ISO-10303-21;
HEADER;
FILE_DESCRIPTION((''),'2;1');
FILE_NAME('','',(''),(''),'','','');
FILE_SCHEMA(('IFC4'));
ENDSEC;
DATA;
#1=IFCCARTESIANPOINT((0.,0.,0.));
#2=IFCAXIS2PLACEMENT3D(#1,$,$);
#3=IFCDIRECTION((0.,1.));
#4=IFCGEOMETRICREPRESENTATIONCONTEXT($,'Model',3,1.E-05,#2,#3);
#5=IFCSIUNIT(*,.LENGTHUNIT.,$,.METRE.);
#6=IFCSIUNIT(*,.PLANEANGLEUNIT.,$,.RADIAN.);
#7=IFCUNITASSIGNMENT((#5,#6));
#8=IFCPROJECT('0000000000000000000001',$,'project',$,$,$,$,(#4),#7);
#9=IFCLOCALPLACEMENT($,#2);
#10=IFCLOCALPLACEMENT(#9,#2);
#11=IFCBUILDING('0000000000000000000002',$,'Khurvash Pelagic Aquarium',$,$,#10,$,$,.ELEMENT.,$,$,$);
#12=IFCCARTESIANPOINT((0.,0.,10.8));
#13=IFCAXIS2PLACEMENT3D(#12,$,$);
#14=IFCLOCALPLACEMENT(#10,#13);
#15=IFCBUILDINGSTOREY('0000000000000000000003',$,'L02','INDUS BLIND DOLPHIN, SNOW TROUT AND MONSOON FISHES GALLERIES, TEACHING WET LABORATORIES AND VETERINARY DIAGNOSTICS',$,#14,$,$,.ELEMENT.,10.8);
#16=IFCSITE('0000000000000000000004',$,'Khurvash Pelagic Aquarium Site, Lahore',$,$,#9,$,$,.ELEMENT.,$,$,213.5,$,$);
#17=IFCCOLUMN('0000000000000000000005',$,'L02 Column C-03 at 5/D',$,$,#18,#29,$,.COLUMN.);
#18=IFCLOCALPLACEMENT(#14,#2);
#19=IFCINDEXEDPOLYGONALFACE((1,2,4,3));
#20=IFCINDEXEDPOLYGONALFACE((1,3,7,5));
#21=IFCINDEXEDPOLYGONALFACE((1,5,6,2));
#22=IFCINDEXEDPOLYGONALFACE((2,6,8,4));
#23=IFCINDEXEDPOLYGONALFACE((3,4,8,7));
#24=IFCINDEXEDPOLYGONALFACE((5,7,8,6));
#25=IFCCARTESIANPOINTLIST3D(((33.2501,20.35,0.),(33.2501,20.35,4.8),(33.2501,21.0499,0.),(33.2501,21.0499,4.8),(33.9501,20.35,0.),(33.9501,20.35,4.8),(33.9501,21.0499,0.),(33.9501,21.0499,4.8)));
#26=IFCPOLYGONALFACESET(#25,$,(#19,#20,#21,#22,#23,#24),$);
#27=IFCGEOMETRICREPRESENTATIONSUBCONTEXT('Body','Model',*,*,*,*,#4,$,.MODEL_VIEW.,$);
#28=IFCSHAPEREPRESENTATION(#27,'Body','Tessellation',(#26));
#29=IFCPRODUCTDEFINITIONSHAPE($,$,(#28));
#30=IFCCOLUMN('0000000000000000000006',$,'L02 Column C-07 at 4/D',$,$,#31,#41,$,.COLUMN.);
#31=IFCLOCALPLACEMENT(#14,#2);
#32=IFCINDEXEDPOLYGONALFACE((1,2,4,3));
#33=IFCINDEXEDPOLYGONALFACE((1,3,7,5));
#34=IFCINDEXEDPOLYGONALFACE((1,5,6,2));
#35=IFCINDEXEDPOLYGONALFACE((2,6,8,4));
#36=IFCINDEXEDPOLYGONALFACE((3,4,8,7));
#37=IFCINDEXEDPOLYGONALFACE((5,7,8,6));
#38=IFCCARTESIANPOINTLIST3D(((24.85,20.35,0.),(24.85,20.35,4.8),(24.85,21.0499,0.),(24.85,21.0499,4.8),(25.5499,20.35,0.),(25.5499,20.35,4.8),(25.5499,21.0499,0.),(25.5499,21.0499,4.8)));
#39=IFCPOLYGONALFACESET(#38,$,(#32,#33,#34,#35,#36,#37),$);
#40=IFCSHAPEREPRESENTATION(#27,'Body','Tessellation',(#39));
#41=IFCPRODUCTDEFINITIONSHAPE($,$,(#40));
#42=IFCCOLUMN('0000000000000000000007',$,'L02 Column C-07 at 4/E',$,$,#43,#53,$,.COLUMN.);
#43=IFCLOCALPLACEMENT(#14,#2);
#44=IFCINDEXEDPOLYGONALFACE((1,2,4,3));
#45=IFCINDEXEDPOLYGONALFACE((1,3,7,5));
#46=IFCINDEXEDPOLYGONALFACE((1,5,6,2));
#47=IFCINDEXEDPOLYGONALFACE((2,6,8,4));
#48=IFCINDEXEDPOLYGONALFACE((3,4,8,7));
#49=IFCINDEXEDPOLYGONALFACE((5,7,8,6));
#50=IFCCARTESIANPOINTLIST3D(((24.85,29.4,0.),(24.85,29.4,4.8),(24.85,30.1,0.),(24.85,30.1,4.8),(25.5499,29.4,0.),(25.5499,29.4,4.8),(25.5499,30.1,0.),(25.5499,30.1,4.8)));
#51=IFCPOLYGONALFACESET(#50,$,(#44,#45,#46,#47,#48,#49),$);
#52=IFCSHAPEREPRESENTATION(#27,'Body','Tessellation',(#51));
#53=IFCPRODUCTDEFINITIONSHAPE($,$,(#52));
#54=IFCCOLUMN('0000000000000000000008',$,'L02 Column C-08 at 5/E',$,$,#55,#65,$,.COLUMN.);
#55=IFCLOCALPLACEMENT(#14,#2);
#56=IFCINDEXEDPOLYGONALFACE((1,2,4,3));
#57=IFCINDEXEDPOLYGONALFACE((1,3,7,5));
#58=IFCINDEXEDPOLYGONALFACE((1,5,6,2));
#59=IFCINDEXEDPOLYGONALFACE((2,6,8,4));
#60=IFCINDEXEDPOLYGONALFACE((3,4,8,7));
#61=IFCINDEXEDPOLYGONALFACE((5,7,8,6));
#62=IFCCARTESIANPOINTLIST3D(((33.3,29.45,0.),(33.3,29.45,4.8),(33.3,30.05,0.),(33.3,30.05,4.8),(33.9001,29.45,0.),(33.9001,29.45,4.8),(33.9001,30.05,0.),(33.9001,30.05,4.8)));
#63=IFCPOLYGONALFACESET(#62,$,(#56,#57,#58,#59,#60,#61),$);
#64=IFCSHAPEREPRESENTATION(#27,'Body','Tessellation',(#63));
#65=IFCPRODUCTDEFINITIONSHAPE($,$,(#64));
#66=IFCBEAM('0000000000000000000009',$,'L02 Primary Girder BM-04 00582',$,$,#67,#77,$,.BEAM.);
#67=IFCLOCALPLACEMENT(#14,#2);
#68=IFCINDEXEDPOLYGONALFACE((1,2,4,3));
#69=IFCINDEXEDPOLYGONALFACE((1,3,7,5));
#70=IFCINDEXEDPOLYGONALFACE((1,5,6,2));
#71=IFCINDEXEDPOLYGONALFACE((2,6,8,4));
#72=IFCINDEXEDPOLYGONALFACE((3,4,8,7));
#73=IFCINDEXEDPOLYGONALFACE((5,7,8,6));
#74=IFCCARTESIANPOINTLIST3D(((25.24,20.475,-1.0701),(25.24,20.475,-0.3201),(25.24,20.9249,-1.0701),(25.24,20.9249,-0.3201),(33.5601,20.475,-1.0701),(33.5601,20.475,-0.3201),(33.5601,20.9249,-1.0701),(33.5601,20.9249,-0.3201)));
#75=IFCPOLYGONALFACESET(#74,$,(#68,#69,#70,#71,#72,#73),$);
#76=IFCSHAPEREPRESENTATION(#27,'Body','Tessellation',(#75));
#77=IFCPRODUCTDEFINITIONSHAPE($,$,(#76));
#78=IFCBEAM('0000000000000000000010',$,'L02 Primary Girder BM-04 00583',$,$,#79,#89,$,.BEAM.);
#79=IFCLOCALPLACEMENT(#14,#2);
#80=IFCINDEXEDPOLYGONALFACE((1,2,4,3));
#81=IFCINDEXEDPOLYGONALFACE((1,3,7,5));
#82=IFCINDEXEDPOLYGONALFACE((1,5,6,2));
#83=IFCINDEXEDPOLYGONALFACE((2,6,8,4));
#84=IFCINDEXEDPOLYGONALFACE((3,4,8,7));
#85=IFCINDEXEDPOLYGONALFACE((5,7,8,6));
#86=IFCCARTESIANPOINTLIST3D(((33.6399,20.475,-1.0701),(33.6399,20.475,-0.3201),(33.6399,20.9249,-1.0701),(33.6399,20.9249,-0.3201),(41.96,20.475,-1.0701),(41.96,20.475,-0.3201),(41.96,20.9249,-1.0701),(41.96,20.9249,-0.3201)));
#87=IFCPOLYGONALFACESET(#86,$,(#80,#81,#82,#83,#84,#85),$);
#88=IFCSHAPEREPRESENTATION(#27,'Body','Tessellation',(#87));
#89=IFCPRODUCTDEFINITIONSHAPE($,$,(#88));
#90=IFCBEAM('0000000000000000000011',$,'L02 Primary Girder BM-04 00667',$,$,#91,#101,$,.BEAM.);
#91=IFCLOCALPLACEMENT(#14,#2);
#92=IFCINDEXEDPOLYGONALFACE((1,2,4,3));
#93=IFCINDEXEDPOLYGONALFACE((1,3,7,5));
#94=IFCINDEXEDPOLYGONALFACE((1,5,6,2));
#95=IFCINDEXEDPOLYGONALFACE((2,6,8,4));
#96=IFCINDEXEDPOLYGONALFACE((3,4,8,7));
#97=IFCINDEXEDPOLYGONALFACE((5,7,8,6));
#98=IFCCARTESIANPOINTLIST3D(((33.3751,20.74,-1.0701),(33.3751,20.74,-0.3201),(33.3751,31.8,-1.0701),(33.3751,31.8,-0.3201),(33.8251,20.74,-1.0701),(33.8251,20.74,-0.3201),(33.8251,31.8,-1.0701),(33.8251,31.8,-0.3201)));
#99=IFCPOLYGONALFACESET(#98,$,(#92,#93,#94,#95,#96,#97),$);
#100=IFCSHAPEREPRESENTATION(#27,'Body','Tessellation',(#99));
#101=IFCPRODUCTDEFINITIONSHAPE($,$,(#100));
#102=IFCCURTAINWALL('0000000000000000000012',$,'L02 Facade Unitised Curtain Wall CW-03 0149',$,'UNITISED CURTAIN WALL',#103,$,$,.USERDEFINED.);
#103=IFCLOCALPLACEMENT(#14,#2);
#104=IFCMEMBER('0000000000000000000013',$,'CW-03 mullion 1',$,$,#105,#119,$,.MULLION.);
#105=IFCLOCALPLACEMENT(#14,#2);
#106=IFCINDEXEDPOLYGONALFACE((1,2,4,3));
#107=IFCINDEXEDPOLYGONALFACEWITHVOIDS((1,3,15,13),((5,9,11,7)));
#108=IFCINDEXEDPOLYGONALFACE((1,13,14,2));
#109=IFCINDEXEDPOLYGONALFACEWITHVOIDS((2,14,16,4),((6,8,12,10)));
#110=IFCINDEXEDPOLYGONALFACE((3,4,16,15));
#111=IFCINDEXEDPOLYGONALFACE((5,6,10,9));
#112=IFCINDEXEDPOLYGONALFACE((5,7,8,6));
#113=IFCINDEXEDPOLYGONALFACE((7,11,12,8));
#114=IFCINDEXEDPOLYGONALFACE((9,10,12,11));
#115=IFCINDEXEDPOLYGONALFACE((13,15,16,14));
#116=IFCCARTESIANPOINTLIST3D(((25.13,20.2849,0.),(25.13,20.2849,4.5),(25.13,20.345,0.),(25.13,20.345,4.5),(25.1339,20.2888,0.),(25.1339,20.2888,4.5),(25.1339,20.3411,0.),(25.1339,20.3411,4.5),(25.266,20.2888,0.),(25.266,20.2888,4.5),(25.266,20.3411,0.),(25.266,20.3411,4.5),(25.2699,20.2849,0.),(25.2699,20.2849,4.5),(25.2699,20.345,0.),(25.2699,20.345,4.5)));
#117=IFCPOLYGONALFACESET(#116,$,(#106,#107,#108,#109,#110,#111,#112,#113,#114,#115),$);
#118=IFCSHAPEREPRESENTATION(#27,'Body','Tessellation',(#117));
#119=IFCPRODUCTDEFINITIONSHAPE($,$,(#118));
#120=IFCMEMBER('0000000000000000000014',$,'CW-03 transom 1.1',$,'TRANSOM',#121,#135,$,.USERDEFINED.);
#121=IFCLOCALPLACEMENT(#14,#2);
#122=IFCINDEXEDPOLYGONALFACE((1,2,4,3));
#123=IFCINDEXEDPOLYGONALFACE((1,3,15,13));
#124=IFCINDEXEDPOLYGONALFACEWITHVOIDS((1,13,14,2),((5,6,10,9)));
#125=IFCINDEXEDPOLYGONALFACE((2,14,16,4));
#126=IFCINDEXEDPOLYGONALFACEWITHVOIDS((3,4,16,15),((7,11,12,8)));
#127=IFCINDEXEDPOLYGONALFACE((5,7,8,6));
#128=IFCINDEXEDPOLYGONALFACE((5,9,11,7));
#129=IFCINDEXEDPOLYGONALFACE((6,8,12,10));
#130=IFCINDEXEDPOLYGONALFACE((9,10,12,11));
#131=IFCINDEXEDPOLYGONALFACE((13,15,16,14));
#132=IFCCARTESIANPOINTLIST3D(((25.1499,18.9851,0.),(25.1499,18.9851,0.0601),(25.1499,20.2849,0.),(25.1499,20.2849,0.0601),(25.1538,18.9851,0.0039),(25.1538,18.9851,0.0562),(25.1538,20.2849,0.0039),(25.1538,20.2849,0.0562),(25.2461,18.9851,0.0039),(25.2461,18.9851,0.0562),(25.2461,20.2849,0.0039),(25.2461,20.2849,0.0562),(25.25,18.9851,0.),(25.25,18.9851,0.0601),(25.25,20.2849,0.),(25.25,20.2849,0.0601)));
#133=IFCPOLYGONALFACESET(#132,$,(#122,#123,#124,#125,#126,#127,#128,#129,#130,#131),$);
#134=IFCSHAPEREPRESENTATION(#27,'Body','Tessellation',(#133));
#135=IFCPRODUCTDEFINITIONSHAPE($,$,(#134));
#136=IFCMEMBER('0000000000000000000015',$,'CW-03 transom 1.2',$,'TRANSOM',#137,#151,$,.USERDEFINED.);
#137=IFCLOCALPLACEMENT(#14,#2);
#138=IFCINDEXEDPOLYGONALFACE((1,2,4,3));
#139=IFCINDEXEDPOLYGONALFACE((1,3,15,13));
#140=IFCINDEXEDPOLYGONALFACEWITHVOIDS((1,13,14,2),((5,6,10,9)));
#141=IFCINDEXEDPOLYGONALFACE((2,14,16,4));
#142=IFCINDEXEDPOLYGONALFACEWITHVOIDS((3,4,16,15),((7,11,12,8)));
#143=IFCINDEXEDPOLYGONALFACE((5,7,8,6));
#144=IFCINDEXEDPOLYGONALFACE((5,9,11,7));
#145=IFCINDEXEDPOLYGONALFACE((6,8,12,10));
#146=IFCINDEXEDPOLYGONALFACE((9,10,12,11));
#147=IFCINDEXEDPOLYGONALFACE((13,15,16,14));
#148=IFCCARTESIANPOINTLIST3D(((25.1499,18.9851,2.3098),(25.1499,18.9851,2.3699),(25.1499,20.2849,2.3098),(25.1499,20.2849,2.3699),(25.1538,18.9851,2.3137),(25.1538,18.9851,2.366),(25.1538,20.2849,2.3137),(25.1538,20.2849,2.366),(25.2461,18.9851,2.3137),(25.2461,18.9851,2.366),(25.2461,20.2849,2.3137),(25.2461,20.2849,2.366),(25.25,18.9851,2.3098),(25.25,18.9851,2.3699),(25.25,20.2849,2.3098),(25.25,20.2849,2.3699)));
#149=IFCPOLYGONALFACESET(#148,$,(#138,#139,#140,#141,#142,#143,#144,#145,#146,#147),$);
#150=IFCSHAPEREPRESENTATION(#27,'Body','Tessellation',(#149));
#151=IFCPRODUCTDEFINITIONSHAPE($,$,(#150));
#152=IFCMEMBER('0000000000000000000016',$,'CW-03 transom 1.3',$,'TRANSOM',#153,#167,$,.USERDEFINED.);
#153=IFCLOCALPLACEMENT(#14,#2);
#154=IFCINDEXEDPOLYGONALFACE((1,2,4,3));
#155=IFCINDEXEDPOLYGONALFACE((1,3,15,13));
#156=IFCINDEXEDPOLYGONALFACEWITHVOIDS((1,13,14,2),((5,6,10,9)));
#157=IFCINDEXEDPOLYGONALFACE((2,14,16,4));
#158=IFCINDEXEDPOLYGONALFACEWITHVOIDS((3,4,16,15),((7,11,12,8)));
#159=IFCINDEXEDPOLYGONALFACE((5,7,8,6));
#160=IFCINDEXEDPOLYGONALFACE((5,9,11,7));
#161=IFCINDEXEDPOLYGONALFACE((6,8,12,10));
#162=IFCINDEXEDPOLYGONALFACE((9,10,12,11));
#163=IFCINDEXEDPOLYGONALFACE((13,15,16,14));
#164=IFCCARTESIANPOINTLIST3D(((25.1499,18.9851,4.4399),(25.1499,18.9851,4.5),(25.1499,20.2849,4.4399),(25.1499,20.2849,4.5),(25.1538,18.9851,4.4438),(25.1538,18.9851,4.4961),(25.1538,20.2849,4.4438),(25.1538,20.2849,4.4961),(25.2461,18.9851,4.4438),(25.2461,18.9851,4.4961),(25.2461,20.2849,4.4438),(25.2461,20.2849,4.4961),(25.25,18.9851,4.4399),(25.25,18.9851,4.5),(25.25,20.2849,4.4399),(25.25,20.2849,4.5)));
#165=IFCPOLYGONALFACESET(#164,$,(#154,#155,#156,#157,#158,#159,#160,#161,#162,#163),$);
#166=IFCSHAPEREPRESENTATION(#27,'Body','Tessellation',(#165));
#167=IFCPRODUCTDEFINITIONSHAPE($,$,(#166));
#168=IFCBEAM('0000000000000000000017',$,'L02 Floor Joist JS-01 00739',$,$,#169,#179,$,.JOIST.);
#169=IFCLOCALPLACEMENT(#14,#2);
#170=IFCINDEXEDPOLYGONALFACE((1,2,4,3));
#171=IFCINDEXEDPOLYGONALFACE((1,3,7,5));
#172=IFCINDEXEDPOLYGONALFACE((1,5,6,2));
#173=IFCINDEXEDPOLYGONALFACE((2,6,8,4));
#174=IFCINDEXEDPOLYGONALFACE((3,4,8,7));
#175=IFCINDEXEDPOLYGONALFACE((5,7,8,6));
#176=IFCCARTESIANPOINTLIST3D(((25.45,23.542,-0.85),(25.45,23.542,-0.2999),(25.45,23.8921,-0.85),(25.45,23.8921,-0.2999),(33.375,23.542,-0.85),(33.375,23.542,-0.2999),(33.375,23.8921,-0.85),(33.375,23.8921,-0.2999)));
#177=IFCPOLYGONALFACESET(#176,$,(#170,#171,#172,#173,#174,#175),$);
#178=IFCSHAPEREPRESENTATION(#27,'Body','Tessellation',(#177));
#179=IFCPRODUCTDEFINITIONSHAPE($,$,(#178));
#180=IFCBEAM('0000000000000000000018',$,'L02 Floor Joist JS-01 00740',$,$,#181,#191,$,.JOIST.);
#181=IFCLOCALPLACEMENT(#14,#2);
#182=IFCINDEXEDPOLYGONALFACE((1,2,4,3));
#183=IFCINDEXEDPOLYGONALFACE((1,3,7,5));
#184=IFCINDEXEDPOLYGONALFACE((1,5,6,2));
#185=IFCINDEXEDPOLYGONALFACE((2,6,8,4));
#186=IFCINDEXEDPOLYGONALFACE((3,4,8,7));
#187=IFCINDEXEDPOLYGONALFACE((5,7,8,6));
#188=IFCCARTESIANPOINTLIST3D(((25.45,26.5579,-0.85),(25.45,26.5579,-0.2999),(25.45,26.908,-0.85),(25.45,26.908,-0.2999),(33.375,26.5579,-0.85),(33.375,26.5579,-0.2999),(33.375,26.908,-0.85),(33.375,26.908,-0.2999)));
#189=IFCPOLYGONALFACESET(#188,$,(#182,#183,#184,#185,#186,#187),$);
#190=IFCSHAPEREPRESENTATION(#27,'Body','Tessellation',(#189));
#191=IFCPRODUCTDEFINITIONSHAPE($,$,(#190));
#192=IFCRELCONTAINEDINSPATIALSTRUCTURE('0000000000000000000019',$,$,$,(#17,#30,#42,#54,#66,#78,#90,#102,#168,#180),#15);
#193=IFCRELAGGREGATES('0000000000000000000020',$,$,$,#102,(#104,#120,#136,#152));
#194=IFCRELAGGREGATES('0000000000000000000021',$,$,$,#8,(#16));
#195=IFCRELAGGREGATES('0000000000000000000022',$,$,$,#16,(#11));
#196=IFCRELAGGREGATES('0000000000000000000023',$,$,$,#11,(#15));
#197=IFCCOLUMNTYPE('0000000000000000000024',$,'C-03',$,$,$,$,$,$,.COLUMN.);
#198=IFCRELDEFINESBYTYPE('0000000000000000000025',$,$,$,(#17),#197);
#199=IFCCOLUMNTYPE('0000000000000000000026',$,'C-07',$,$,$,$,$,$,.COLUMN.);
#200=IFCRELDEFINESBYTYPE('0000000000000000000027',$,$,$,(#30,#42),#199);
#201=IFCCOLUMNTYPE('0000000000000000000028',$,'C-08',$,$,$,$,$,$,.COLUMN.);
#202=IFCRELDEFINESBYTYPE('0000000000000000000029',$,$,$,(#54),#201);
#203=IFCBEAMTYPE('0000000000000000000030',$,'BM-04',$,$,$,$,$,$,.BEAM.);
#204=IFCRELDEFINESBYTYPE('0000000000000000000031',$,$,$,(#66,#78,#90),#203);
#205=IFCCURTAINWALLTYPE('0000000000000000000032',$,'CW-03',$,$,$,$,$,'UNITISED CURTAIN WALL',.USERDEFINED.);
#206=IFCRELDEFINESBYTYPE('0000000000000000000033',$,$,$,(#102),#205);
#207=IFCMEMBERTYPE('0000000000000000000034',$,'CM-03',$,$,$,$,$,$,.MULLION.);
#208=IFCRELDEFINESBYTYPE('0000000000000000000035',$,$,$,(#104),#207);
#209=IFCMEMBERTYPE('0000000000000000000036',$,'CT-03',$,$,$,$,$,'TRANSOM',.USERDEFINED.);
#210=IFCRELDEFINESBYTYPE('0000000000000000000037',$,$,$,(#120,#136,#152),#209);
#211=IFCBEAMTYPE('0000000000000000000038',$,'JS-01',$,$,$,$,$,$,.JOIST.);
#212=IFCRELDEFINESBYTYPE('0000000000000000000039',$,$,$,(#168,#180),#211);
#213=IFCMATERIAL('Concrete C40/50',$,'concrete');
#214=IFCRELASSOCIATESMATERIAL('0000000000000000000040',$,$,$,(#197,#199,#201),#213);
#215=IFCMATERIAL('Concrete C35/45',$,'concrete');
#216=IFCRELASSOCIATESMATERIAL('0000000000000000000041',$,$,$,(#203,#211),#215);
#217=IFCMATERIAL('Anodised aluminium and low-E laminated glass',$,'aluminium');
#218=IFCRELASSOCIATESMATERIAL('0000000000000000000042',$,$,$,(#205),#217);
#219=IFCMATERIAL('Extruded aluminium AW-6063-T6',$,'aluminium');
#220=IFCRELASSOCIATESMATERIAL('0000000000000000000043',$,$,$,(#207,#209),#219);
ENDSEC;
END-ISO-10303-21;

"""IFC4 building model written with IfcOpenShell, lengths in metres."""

from ifc_helpers import new_model, si_unit, direction, frame, origin, origin_2d, place, context, subcontext, project, spatial, rectangle, hollow_rectangle, extrude, material, material_profile, profile_set, type_object, element, aggregate, save


model = new_model("IFC4")

# Units and contexts
model_context = context("Model", 3, precision=1e-05, world=origin(), true_north=direction((0.0, 1.0)))
body_context = subcontext(model_context, "Body", "Model", "MODEL_VIEW")
ifc_project = project(units=[si_unit("LENGTHUNIT", "METRE"), si_unit("PLANEANGLEUNIT", "RADIAN")], contexts=[model_context])

# Site, building, storey
site_placement = place(None, origin())
site = spatial("IfcSite", under=ifc_project, at=site_placement, Name="Khurvash Pelagic Aquarium Site, Lahore", CompositionType="ELEMENT", RefElevation=213.5)
building_placement = place(site_placement, origin())
building = spatial("IfcBuilding", under=site, at=building_placement, Name="Khurvash Pelagic Aquarium", CompositionType="ELEMENT")
storey_placement = place(building_placement, frame((0.0, 0.0, 10.8)))
storey = spatial("IfcBuildingStorey", under=building, at=storey_placement, Name="L02", Description="INDUS BLIND DOLPHIN, SNOW TROUT AND MONSOON FISHES GALLERIES, TEACHING WET LABORATORIES AND VETERINARY DIAGNOSTICS", CompositionType="ELEMENT", Elevation=10.8)

# Columns
ifc_material_1 = material(Name="Concrete C40/50", Category="concrete")
ifc_material_profile_1 = material_profile(ifc_material_1, rectangle(XDim=0.7, YDim=0.7, at=origin_2d()), Name="RC700X700")
ifc_profile_set_1 = profile_set([ifc_material_profile_1], Name="Concrete C40/50")
column_type_1 = type_object("IfcColumnType", Name="C-03", PredefinedType="COLUMN", material=ifc_profile_set_1)
column_1_placement = place(storey_placement, frame((33.6001, 20.7, 0.0), z_axis=(0.0, 0.0, 1.0), x_axis=(1.0, 0.0, 0.0)))
element("IfcColumn", 1, at=column_1_placement, inside=storey, type_object=column_type_1, Name="L02 Column C-03 at 5/D", PredefinedType="COLUMN", context=body_context, shape_type="SweptSolid", body=[
    extrude(rectangle(XDim=0.7, YDim=0.7, at=origin_2d()), origin(), (0.0, 0.0, 1.0), 4.8),
])
ifc_material_profile_2 = material_profile(ifc_material_1, rectangle(XDim=0.7, YDim=0.7, at=origin_2d()), Name="RC700X700")
ifc_profile_set_2 = profile_set([ifc_material_profile_2], Name="Concrete C40/50")
column_type_2 = type_object("IfcColumnType", Name="C-07", PredefinedType="COLUMN", material=ifc_profile_set_2)
for number, where, z_axis, x_axis, name in (
    (2, (25.2, 20.7, 0.0), (0.0, 0.0, 1.0), (1.0, 0.0, 0.0), "L02 Column C-07 at 4/D"),
    (3, (25.2, 29.75, 0.0), (0.0, 0.0, 1.0), (1.0, 0.0, 0.0), "L02 Column C-07 at 4/E"),
):
    element("IfcColumn", number, at=place(storey_placement, frame(where, z_axis=z_axis, x_axis=x_axis)), inside=storey, type_object=column_type_2, Name=name, PredefinedType="COLUMN", context=body_context, shape_type="SweptSolid", body=[
        extrude(rectangle(XDim=0.7, YDim=0.7, at=origin_2d()), origin(), (0.0, 0.0, 1.0), 4.8),
    ])
ifc_material_profile_3 = material_profile(ifc_material_1, rectangle(XDim=0.6001, YDim=0.6001, at=origin_2d()), Name="RC600X600")
ifc_profile_set_3 = profile_set([ifc_material_profile_3], Name="Concrete C40/50")
column_type_3 = type_object("IfcColumnType", Name="C-08", PredefinedType="COLUMN", material=ifc_profile_set_3)
column_2_placement = place(storey_placement, frame((33.6001, 29.75, 0.0), z_axis=(0.0, 0.0, 1.0), x_axis=(1.0, 0.0, 0.0)))
element("IfcColumn", 4, at=column_2_placement, inside=storey, type_object=column_type_3, Name="L02 Column C-08 at 5/E", PredefinedType="COLUMN", context=body_context, shape_type="SweptSolid", body=[
    extrude(rectangle(XDim=0.6001, YDim=0.6001, at=origin_2d()), origin(), (0.0, 0.0, 1.0), 4.8),
])

# Beams
ifc_material_2 = material(Name="Concrete C35/45", Category="concrete")
ifc_material_profile_4 = material_profile(ifc_material_2, rectangle(XDim=0.45, YDim=0.75, at=origin_2d()), Name="RC450X750")
ifc_profile_set_4 = profile_set([ifc_material_profile_4], Name="Concrete C35/45")
beam_type_1 = type_object("IfcBeamType", Name="BM-04", PredefinedType="BEAM", material=ifc_profile_set_4)
for number, where, z_axis, x_axis, name in (
    (5, (25.24, 20.7, -0.6951), (1.0, 0.0, 0.0), (0.0, 1.0, 0.0), "L02 Primary Girder BM-04 00582"),
    (6, (33.6399, 20.7, -0.6951), (1.0, 0.0, 0.0), (0.0, 1.0, 0.0), "L02 Primary Girder BM-04 00583"),
):
    element("IfcBeam", number, at=place(storey_placement, frame(where, z_axis=z_axis, x_axis=x_axis)), inside=storey, type_object=beam_type_1, Name=name, PredefinedType="BEAM", context=body_context, shape_type="SweptSolid", body=[
        extrude(rectangle(XDim=0.45, YDim=0.75, at=origin_2d()), origin(), (0.0, 0.0, 1.0), 8.3201),
    ])
beam_1_placement = place(storey_placement, frame((33.6001, 20.74, -0.6951), z_axis=(0.0, 1.0, 0.0), x_axis=(-1.0, 0.0, 0.0)))
element("IfcBeam", 7, at=beam_1_placement, inside=storey, type_object=beam_type_1, Name="L02 Primary Girder BM-04 00667", PredefinedType="BEAM", context=body_context, shape_type="SweptSolid", body=[
    extrude(rectangle(XDim=0.45, YDim=0.75, at=origin_2d()), origin(), (0.0, 0.0, 1.0), 11.0601),
])

# Curtain wall, members
ifc_material_3 = material(Name="Anodised aluminium and low-E laminated glass", Category="aluminium")
curtain_wall_type = type_object("IfcCurtainWallType", Name="CW-03", ElementType="UNITISED CURTAIN WALL", PredefinedType="USERDEFINED", material=ifc_material_3)
curtain_wall_placement = place(storey_placement, origin())
curtain_wall = element("IfcCurtainWall", 8, at=curtain_wall_placement, inside=storey, type_object=curtain_wall_type, Name="L02 Facade Unitised Curtain Wall CW-03 0149", ObjectType="UNITISED CURTAIN WALL", PredefinedType="USERDEFINED")
ifc_material_4 = material(Name="Extruded aluminium AW-6063-T6", Category="aluminium")
ifc_material_profile_5 = material_profile(ifc_material_4, hollow_rectangle(XDim=0.0601, YDim=0.1399, WallThickness=0.0039, at=origin_2d()), Name="CWM60X140X4")
ifc_profile_set_5 = profile_set([ifc_material_profile_5], Name="Extruded aluminium AW-6063-T6")
member_type_1 = type_object("IfcMemberType", Name="CM-03", PredefinedType="MULLION", material=ifc_profile_set_5)
member_1_placement = place(storey_placement, frame((25.2, 20.3149, 0.0), z_axis=(0.0, 0.0, 1.0), x_axis=(0.0, -1.0, 0.0)))
member_1 = element("IfcMember", 9, at=member_1_placement, type_object=member_type_1, Name="CW-03 mullion 1", PredefinedType="MULLION", context=body_context, shape_type="SweptSolid", body=[
    extrude(hollow_rectangle(XDim=0.0601, YDim=0.1399, WallThickness=0.0039, at=origin_2d()), origin(), (0.0, 0.0, 1.0), 4.5),
])
ifc_material_profile_6 = material_profile(ifc_material_4, hollow_rectangle(XDim=0.1001, YDim=0.0601, WallThickness=0.0039, at=origin_2d()), Name="CWT100X60X4")
ifc_profile_set_6 = profile_set([ifc_material_profile_6], Name="Extruded aluminium AW-6063-T6")
member_type_2 = type_object("IfcMemberType", Name="CT-03", ElementType="TRANSOM", PredefinedType="USERDEFINED", material=ifc_profile_set_6)
member_2_placement = place(storey_placement, frame((25.2, 20.2849, 0.03), z_axis=(0.0, -1.0, 0.0), x_axis=(1.0, 0.0, 0.0)))
member_2 = element("IfcMember", 10, at=member_2_placement, type_object=member_type_2, Name="CW-03 transom 1.1", ObjectType="TRANSOM", PredefinedType="USERDEFINED", context=body_context, shape_type="SweptSolid", body=[
    extrude(hollow_rectangle(XDim=0.1001, YDim=0.0601, WallThickness=0.0039, at=origin_2d()), origin(), (0.0, 0.0, 1.0), 1.2998),
])
member_3_placement = place(storey_placement, frame((25.2, 20.2849, 2.3398), z_axis=(0.0, -1.0, 0.0), x_axis=(1.0, 0.0, 0.0)))
member_3 = element("IfcMember", 11, at=member_3_placement, type_object=member_type_2, Name="CW-03 transom 1.2", ObjectType="TRANSOM", PredefinedType="USERDEFINED", context=body_context, shape_type="SweptSolid", body=[
    extrude(hollow_rectangle(XDim=0.1001, YDim=0.0601, WallThickness=0.0039, at=origin_2d()), origin(), (0.0, 0.0, 1.0), 1.2998),
])
member_4_placement = place(storey_placement, frame((25.2, 20.2849, 4.47), z_axis=(0.0, -1.0, 0.0), x_axis=(1.0, 0.0, 0.0)))
member_4 = element("IfcMember", 12, at=member_4_placement, type_object=member_type_2, Name="CW-03 transom 1.3", ObjectType="TRANSOM", PredefinedType="USERDEFINED", context=body_context, shape_type="SweptSolid", body=[
    extrude(hollow_rectangle(XDim=0.1001, YDim=0.0601, WallThickness=0.0039, at=origin_2d()), origin(), (0.0, 0.0, 1.0), 1.2998),
])

# Beams
ifc_material_profile_7 = material_profile(ifc_material_2, rectangle(XDim=0.3501, YDim=0.55, at=origin_2d()), Name="RC350X550")
ifc_profile_set_7 = profile_set([ifc_material_profile_7], Name="Concrete C35/45")
beam_type_2 = type_object("IfcBeamType", Name="JS-01", PredefinedType="JOIST", material=ifc_profile_set_7)
for number, where, z_axis, x_axis, name in (
    (13, (25.45, 23.717, -0.575), (1.0, 0.0, 0.0), (0.0, 1.0, 0.0), "L02 Floor Joist JS-01 00739"),
    (14, (25.45, 26.7329, -0.575), (1.0, 0.0, 0.0), (0.0, 1.0, 0.0), "L02 Floor Joist JS-01 00740"),
):
    element("IfcBeam", number, at=place(storey_placement, frame(where, z_axis=z_axis, x_axis=x_axis)), inside=storey, type_object=beam_type_2, Name=name, PredefinedType="JOIST", context=body_context, shape_type="SweptSolid", body=[
        extrude(rectangle(XDim=0.3501, YDim=0.55, at=origin_2d()), origin(), (0.0, 0.0, 1.0), 7.925),
    ])

aggregate(curtain_wall, [member_1, member_2, member_3, member_4])

save(model, "model.ifc")
